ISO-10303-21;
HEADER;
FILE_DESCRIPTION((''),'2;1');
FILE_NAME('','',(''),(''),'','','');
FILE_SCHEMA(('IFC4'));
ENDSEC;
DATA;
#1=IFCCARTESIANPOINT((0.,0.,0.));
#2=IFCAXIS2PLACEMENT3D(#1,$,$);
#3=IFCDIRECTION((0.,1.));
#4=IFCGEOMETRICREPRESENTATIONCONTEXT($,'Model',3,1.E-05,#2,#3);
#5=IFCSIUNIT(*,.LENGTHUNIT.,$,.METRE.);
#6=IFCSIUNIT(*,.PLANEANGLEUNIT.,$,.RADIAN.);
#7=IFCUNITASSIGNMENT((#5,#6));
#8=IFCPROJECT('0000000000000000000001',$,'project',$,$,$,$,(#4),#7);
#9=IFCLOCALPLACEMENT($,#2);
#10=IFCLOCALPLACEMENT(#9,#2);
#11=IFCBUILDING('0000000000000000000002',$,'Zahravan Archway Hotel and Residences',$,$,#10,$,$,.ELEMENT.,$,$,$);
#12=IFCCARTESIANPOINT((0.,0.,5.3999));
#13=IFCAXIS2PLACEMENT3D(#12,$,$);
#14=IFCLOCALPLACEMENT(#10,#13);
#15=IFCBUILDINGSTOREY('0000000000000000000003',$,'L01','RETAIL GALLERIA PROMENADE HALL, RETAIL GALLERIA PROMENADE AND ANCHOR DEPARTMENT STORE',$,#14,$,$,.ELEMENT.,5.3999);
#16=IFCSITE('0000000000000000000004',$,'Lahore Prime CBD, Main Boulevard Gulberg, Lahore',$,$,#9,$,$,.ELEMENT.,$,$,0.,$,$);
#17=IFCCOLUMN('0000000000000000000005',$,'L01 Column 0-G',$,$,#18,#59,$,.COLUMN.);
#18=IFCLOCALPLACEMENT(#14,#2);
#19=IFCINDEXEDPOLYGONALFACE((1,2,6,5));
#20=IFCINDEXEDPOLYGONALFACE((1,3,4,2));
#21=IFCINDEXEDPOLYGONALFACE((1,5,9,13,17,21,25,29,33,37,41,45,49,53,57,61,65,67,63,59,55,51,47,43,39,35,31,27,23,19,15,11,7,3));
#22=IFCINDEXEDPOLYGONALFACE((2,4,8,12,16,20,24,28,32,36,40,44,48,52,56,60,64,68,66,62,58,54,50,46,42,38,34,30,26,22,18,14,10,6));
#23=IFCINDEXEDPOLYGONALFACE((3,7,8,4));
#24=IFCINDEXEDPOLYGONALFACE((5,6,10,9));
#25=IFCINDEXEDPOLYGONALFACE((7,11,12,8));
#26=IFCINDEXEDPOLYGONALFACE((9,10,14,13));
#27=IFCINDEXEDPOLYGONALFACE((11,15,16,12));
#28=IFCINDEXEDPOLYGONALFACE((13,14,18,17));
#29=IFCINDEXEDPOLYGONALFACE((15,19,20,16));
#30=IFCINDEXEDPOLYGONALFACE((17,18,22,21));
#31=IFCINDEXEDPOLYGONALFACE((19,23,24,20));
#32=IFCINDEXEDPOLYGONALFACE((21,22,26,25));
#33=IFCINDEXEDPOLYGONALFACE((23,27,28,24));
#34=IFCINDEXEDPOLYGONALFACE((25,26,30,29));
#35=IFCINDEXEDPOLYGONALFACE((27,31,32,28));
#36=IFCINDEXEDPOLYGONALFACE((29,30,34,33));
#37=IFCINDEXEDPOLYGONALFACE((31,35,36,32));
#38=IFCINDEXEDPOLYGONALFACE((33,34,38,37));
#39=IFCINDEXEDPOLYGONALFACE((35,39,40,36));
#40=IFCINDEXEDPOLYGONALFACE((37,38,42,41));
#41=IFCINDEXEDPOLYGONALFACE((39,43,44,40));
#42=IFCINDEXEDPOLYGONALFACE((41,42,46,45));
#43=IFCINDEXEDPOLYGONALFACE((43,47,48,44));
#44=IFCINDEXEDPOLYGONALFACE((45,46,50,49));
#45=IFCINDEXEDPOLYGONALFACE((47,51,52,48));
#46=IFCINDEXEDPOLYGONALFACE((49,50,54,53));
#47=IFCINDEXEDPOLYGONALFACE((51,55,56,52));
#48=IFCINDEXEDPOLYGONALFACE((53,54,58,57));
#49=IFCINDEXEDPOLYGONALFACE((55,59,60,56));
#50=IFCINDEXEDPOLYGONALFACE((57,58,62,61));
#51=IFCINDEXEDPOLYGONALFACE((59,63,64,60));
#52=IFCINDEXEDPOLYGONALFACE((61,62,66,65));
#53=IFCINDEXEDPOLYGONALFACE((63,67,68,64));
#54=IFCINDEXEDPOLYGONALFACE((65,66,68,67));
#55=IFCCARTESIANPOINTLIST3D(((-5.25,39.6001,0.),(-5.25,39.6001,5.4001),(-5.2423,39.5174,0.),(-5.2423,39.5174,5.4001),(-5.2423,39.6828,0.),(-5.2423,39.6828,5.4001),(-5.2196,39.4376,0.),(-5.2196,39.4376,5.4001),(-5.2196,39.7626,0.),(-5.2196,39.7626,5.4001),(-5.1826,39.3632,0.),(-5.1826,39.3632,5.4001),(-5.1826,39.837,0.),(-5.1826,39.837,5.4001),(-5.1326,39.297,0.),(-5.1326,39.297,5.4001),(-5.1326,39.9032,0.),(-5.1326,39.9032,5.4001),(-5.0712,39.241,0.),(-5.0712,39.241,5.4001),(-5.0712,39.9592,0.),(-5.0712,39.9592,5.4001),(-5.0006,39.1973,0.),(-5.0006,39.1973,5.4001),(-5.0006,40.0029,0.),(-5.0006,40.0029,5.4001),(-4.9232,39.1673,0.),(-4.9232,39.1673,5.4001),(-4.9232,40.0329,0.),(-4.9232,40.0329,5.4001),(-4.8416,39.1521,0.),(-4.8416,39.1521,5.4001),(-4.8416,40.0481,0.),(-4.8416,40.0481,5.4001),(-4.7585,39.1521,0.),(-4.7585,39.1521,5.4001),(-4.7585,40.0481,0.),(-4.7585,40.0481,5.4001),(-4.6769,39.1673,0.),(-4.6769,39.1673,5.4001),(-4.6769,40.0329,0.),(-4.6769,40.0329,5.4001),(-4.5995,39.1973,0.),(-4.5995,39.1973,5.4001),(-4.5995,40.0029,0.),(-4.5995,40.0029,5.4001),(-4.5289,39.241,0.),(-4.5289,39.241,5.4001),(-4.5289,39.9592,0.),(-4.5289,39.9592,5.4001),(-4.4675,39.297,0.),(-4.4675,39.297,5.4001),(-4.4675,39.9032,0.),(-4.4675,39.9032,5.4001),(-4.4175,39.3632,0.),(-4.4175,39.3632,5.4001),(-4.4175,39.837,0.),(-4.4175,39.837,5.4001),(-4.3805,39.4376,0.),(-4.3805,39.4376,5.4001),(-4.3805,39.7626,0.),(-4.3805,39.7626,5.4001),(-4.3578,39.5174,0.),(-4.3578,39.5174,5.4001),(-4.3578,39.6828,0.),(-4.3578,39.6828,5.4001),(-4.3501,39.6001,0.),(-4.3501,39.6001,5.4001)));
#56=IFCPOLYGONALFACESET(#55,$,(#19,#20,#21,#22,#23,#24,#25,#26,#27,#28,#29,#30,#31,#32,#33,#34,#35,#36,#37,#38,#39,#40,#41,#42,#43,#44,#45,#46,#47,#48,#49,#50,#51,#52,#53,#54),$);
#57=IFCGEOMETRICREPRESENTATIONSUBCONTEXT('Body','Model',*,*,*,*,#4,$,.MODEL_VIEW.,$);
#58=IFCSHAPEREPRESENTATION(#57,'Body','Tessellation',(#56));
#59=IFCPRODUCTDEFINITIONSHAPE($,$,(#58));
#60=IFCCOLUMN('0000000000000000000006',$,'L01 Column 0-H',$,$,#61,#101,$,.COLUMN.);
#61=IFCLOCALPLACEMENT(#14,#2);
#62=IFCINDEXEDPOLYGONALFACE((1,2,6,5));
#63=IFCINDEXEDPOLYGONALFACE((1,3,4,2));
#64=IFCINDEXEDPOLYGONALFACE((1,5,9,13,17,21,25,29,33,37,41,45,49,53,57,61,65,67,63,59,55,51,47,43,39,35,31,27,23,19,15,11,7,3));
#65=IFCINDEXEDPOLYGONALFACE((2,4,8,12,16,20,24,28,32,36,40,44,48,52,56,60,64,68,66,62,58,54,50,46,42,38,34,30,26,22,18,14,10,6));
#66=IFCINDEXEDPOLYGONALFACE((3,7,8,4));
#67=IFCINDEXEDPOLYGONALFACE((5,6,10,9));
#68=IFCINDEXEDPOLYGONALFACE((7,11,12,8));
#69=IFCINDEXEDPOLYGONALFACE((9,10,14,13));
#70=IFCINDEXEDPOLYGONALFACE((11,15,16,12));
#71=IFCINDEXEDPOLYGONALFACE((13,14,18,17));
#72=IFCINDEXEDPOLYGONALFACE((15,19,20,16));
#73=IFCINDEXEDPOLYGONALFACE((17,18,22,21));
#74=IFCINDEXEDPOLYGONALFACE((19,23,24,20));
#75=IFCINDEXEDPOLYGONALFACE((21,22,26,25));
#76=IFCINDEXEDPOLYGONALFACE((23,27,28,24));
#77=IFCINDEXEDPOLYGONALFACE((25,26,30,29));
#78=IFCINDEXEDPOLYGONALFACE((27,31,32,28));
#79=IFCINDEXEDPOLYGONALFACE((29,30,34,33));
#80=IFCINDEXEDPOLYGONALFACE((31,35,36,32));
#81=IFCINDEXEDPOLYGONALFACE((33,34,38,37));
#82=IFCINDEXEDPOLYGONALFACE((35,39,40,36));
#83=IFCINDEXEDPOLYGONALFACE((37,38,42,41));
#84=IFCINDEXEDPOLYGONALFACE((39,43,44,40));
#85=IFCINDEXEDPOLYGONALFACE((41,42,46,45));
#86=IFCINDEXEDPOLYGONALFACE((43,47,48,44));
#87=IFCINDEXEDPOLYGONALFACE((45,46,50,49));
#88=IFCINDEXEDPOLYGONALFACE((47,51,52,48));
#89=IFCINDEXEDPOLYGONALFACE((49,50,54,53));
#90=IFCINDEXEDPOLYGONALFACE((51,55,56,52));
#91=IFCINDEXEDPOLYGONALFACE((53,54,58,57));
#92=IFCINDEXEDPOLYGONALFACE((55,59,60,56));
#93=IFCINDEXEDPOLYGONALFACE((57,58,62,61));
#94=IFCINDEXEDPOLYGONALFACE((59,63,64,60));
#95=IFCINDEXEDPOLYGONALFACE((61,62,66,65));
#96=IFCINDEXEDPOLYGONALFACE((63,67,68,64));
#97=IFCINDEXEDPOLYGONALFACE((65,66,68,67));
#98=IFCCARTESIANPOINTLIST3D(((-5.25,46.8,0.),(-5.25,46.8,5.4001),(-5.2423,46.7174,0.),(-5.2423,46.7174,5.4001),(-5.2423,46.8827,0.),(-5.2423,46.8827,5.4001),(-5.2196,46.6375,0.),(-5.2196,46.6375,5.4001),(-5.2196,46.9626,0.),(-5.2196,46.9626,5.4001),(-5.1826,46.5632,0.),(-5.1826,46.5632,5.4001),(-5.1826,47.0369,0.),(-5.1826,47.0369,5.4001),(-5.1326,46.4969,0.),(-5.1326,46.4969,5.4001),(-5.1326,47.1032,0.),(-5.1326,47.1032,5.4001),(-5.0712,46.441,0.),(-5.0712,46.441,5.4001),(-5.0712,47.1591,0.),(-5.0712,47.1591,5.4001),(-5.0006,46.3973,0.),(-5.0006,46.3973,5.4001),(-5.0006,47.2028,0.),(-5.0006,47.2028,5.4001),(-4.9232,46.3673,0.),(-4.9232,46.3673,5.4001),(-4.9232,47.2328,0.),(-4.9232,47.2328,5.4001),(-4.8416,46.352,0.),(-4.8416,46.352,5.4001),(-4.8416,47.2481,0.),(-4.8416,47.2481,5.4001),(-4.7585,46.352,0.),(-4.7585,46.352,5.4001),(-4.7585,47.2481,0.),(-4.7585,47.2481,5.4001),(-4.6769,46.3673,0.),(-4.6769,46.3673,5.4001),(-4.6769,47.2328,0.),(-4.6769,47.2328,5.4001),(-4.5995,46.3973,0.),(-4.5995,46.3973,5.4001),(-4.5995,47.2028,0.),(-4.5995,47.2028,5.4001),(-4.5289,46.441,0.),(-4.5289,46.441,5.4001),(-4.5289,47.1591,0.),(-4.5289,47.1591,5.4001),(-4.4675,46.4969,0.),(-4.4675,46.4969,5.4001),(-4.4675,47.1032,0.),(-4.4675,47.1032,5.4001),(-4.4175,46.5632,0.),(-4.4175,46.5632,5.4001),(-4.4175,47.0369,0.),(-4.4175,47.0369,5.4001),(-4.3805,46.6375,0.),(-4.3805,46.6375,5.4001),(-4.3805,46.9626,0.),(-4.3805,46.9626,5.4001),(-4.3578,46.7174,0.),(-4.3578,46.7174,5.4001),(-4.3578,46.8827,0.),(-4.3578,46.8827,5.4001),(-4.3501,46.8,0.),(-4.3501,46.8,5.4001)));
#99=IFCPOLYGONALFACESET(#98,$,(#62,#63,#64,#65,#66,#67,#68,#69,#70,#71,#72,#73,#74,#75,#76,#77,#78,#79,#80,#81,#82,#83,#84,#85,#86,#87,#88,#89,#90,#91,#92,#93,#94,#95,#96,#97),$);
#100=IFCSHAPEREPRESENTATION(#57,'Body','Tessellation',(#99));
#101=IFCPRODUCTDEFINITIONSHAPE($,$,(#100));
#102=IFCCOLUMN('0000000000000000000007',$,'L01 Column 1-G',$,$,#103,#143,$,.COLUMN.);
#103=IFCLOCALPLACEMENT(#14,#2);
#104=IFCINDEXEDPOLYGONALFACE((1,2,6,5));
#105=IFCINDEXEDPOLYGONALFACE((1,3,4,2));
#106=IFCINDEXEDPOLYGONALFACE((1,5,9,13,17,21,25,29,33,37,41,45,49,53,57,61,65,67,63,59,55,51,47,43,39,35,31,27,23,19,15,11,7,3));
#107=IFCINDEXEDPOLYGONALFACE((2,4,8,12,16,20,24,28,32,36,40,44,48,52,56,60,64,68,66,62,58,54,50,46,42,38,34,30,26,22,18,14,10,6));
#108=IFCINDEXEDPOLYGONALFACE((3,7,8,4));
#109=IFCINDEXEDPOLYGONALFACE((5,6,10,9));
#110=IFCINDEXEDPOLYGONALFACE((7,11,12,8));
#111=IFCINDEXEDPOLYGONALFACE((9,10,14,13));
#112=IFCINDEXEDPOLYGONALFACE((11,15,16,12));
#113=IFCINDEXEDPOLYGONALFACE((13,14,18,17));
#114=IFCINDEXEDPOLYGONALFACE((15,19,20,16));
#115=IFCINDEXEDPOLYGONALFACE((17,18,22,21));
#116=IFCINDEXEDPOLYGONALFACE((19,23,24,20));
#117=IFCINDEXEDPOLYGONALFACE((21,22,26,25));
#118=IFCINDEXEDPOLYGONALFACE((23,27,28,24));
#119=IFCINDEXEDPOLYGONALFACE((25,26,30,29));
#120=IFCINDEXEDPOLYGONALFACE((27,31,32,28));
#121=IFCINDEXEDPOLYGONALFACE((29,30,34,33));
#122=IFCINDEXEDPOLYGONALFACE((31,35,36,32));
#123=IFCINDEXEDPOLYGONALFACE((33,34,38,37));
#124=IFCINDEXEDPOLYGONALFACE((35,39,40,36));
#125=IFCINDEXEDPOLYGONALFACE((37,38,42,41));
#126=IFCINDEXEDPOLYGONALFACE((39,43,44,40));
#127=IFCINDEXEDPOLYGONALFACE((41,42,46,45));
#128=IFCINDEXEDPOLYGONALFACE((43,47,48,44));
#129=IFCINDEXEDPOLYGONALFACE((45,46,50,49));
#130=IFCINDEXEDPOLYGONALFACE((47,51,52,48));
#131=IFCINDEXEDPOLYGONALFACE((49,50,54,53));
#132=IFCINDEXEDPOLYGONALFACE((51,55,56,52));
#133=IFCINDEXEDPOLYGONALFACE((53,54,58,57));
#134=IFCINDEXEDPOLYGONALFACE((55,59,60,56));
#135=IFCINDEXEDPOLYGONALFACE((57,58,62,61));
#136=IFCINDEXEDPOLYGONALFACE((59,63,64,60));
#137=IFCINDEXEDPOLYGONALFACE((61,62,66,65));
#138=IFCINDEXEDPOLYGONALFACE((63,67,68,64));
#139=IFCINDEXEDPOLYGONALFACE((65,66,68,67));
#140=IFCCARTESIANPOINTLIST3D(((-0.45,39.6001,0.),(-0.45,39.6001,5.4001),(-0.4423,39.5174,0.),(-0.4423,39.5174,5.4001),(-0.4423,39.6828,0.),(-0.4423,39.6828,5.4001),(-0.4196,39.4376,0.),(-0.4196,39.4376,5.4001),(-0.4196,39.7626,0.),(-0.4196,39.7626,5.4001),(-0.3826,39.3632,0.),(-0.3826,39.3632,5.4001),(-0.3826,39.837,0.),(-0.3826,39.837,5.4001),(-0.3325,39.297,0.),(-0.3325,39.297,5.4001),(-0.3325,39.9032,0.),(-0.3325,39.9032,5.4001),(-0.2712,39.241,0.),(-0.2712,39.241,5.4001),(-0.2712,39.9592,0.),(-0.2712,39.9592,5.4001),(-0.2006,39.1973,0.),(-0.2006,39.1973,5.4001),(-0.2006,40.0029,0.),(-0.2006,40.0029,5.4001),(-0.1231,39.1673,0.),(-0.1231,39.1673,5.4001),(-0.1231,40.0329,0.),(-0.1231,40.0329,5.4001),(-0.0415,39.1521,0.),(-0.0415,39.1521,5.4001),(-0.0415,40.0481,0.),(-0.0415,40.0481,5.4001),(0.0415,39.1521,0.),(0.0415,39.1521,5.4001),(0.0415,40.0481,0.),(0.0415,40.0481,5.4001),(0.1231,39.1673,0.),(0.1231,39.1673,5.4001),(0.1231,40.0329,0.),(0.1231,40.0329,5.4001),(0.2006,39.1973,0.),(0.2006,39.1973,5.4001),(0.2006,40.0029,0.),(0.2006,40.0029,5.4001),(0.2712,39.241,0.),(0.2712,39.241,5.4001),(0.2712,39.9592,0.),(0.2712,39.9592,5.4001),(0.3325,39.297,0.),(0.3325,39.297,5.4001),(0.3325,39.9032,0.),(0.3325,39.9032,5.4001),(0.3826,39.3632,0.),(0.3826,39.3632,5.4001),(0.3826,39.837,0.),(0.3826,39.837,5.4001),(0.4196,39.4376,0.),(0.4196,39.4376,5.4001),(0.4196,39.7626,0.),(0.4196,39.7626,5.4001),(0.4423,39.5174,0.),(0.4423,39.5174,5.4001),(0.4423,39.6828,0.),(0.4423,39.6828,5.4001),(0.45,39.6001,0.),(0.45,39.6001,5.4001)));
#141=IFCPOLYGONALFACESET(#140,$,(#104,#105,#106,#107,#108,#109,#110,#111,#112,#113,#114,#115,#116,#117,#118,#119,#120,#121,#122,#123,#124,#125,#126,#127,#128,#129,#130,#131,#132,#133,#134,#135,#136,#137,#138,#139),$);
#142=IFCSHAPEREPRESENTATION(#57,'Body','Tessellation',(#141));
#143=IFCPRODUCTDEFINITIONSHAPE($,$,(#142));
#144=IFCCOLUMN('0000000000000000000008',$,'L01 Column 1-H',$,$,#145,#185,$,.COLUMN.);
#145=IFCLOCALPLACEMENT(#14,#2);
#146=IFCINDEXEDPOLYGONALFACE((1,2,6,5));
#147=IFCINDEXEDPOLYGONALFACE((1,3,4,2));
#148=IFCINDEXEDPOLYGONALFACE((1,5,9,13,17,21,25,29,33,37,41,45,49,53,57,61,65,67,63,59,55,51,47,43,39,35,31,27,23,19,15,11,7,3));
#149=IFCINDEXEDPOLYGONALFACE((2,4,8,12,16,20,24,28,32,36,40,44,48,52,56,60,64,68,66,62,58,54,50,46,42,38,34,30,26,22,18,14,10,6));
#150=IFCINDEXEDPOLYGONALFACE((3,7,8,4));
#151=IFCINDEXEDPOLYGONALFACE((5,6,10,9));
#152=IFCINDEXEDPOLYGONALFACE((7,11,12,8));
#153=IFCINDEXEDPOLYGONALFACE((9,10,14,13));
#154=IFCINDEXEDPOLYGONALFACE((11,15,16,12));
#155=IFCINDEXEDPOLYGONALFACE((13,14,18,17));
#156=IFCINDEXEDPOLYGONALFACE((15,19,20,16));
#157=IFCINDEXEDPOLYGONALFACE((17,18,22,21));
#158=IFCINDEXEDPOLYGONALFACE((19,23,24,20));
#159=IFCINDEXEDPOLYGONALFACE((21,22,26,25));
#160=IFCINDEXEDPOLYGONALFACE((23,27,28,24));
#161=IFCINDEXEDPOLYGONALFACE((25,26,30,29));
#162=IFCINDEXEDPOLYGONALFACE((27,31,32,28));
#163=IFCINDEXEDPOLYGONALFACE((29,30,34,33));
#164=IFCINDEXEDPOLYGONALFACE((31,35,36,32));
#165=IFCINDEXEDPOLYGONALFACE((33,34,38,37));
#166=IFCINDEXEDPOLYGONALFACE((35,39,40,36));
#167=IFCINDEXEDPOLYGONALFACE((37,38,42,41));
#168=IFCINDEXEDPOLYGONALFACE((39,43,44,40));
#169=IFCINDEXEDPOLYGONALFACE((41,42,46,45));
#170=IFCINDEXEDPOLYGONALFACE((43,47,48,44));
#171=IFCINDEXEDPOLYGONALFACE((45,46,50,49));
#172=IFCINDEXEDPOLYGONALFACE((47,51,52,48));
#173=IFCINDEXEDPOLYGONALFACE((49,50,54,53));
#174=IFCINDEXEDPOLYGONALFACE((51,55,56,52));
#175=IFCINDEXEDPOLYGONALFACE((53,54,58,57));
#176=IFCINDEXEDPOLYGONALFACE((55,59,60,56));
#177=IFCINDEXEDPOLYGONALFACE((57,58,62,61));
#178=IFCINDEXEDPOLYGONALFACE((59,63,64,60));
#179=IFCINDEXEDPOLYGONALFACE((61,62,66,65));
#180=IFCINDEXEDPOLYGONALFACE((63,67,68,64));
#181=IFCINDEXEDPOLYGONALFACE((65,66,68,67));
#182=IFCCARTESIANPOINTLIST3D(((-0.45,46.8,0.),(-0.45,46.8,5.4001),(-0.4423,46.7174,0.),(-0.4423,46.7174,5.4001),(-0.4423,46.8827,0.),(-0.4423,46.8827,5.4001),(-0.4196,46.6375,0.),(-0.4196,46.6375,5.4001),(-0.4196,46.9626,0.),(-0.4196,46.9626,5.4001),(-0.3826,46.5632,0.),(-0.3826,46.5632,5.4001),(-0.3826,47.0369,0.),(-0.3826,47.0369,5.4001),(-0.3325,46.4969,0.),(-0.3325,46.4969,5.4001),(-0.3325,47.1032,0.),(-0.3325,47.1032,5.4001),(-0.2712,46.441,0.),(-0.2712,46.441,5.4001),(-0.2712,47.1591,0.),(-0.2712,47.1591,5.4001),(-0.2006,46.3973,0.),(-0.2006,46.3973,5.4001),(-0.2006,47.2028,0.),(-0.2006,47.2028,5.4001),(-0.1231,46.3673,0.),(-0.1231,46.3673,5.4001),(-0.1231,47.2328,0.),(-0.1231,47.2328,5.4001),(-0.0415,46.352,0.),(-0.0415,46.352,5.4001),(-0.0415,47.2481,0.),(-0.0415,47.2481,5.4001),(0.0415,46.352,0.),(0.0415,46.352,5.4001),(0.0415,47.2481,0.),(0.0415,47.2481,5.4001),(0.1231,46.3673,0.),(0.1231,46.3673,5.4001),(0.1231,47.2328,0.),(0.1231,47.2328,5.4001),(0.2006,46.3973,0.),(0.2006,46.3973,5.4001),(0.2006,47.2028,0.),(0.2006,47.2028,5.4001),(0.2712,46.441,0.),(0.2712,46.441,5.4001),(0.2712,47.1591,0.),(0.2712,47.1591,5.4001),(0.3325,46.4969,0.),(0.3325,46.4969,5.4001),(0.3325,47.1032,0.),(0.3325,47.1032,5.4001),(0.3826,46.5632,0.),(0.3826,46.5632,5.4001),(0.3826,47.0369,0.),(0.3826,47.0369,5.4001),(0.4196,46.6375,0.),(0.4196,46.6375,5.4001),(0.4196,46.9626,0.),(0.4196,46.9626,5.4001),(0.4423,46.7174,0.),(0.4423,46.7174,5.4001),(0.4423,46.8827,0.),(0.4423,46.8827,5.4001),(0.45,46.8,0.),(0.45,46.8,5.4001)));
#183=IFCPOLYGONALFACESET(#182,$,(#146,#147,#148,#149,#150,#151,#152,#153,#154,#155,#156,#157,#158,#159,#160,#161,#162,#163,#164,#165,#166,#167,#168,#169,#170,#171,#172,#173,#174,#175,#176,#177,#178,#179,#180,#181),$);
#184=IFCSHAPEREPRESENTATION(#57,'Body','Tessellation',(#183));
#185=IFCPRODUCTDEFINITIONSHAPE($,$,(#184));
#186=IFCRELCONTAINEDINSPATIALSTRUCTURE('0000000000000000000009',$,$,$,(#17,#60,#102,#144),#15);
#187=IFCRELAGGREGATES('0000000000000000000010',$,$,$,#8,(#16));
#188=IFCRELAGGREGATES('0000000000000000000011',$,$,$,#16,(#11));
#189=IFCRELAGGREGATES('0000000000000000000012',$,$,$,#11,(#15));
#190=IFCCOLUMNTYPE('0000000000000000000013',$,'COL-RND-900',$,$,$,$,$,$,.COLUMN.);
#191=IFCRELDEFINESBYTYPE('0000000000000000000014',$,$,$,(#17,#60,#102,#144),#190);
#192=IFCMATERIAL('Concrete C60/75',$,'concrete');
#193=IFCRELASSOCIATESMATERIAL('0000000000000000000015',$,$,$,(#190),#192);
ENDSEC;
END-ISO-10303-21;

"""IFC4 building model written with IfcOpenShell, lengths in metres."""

from ifc_helpers import new_model, si_unit, direction, frame, origin, origin_2d, place, context, subcontext, project, spatial, circle, extrude, source, transform, mapped, material, material_profile, profile_set, type_object, element, save


model = new_model("IFC4")

# Units and contexts
model_context = context("Model", 3, precision=1e-05, world=origin(), true_north=direction((0.0, 1.0)))
body_context = subcontext(model_context, "Body", "Model", "MODEL_VIEW")
ifc_project = project(units=[si_unit("LENGTHUNIT", "METRE"), si_unit("PLANEANGLEUNIT", "RADIAN")], contexts=[model_context])

# Site, building, storey
site_placement = place(None, origin())
site = spatial("IfcSite", under=ifc_project, at=site_placement, Name="Lahore Prime CBD, Main Boulevard Gulberg, Lahore", CompositionType="ELEMENT", RefElevation=0.0)
building_placement = place(site_placement, origin())
building = spatial("IfcBuilding", under=site, at=building_placement, Name="Zahravan Archway Hotel and Residences", CompositionType="ELEMENT")
storey_placement = place(building_placement, frame((0.0, 0.0, 5.3999)))
storey = spatial("IfcBuildingStorey", under=building, at=storey_placement, Name="L01", Description="RETAIL GALLERIA PROMENADE HALL, RETAIL GALLERIA PROMENADE AND ANCHOR DEPARTMENT STORE", CompositionType="ELEMENT", Elevation=5.3999)

# Columns
ifc_material_1 = material(Name="Concrete C60/75", Category="concrete")
ifc_material_profile_1 = material_profile(ifc_material_1, circle(Radius=0.45, at=origin_2d()), Name="RC-CIRC-900", Category="concrete")
ifc_profile_set_1 = profile_set([ifc_material_profile_1], Name="Concrete C60/75")
column_type = type_object("IfcColumnType", Name="COL-RND-900", PredefinedType="COLUMN", material=ifc_profile_set_1)
shared_shape_1 = source(origin(), body_context, "Body", "SweptSolid", [
    extrude(circle(Radius=0.45, at=origin_2d()), origin(), (0.0, 0.0, 1.0), 5.4001),
])
for number, where, z_axis, x_axis, name in (
    (1, (-4.8, 39.6001, 0.0), (0.0, 0.0, 1.0), (1.0, 0.0, 0.0), "L01 Column 0-G"),
    (2, (-4.8, 46.8, 0.0), (0.0, 0.0, 1.0), (1.0, 0.0, 0.0), "L01 Column 0-H"),
    (3, (0.0, 39.6001, 0.0), (0.0, 0.0, 1.0), (1.0, 0.0, 0.0), "L01 Column 1-G"),
    (4, (0.0, 46.8, 0.0), (0.0, 0.0, 1.0), (1.0, 0.0, 0.0), "L01 Column 1-H"),
):
    element("IfcColumn", number, at=place(storey_placement, frame(where, z_axis=z_axis, x_axis=x_axis)), inside=storey, type_object=column_type, Name=name, PredefinedType="COLUMN", context=body_context, shape_type="MappedRepresentation", body=[
        mapped(shared_shape_1, transform((0.0, 0.0, 0.0), scale=1.0)),
    ])

save(model, "model.ifc")
